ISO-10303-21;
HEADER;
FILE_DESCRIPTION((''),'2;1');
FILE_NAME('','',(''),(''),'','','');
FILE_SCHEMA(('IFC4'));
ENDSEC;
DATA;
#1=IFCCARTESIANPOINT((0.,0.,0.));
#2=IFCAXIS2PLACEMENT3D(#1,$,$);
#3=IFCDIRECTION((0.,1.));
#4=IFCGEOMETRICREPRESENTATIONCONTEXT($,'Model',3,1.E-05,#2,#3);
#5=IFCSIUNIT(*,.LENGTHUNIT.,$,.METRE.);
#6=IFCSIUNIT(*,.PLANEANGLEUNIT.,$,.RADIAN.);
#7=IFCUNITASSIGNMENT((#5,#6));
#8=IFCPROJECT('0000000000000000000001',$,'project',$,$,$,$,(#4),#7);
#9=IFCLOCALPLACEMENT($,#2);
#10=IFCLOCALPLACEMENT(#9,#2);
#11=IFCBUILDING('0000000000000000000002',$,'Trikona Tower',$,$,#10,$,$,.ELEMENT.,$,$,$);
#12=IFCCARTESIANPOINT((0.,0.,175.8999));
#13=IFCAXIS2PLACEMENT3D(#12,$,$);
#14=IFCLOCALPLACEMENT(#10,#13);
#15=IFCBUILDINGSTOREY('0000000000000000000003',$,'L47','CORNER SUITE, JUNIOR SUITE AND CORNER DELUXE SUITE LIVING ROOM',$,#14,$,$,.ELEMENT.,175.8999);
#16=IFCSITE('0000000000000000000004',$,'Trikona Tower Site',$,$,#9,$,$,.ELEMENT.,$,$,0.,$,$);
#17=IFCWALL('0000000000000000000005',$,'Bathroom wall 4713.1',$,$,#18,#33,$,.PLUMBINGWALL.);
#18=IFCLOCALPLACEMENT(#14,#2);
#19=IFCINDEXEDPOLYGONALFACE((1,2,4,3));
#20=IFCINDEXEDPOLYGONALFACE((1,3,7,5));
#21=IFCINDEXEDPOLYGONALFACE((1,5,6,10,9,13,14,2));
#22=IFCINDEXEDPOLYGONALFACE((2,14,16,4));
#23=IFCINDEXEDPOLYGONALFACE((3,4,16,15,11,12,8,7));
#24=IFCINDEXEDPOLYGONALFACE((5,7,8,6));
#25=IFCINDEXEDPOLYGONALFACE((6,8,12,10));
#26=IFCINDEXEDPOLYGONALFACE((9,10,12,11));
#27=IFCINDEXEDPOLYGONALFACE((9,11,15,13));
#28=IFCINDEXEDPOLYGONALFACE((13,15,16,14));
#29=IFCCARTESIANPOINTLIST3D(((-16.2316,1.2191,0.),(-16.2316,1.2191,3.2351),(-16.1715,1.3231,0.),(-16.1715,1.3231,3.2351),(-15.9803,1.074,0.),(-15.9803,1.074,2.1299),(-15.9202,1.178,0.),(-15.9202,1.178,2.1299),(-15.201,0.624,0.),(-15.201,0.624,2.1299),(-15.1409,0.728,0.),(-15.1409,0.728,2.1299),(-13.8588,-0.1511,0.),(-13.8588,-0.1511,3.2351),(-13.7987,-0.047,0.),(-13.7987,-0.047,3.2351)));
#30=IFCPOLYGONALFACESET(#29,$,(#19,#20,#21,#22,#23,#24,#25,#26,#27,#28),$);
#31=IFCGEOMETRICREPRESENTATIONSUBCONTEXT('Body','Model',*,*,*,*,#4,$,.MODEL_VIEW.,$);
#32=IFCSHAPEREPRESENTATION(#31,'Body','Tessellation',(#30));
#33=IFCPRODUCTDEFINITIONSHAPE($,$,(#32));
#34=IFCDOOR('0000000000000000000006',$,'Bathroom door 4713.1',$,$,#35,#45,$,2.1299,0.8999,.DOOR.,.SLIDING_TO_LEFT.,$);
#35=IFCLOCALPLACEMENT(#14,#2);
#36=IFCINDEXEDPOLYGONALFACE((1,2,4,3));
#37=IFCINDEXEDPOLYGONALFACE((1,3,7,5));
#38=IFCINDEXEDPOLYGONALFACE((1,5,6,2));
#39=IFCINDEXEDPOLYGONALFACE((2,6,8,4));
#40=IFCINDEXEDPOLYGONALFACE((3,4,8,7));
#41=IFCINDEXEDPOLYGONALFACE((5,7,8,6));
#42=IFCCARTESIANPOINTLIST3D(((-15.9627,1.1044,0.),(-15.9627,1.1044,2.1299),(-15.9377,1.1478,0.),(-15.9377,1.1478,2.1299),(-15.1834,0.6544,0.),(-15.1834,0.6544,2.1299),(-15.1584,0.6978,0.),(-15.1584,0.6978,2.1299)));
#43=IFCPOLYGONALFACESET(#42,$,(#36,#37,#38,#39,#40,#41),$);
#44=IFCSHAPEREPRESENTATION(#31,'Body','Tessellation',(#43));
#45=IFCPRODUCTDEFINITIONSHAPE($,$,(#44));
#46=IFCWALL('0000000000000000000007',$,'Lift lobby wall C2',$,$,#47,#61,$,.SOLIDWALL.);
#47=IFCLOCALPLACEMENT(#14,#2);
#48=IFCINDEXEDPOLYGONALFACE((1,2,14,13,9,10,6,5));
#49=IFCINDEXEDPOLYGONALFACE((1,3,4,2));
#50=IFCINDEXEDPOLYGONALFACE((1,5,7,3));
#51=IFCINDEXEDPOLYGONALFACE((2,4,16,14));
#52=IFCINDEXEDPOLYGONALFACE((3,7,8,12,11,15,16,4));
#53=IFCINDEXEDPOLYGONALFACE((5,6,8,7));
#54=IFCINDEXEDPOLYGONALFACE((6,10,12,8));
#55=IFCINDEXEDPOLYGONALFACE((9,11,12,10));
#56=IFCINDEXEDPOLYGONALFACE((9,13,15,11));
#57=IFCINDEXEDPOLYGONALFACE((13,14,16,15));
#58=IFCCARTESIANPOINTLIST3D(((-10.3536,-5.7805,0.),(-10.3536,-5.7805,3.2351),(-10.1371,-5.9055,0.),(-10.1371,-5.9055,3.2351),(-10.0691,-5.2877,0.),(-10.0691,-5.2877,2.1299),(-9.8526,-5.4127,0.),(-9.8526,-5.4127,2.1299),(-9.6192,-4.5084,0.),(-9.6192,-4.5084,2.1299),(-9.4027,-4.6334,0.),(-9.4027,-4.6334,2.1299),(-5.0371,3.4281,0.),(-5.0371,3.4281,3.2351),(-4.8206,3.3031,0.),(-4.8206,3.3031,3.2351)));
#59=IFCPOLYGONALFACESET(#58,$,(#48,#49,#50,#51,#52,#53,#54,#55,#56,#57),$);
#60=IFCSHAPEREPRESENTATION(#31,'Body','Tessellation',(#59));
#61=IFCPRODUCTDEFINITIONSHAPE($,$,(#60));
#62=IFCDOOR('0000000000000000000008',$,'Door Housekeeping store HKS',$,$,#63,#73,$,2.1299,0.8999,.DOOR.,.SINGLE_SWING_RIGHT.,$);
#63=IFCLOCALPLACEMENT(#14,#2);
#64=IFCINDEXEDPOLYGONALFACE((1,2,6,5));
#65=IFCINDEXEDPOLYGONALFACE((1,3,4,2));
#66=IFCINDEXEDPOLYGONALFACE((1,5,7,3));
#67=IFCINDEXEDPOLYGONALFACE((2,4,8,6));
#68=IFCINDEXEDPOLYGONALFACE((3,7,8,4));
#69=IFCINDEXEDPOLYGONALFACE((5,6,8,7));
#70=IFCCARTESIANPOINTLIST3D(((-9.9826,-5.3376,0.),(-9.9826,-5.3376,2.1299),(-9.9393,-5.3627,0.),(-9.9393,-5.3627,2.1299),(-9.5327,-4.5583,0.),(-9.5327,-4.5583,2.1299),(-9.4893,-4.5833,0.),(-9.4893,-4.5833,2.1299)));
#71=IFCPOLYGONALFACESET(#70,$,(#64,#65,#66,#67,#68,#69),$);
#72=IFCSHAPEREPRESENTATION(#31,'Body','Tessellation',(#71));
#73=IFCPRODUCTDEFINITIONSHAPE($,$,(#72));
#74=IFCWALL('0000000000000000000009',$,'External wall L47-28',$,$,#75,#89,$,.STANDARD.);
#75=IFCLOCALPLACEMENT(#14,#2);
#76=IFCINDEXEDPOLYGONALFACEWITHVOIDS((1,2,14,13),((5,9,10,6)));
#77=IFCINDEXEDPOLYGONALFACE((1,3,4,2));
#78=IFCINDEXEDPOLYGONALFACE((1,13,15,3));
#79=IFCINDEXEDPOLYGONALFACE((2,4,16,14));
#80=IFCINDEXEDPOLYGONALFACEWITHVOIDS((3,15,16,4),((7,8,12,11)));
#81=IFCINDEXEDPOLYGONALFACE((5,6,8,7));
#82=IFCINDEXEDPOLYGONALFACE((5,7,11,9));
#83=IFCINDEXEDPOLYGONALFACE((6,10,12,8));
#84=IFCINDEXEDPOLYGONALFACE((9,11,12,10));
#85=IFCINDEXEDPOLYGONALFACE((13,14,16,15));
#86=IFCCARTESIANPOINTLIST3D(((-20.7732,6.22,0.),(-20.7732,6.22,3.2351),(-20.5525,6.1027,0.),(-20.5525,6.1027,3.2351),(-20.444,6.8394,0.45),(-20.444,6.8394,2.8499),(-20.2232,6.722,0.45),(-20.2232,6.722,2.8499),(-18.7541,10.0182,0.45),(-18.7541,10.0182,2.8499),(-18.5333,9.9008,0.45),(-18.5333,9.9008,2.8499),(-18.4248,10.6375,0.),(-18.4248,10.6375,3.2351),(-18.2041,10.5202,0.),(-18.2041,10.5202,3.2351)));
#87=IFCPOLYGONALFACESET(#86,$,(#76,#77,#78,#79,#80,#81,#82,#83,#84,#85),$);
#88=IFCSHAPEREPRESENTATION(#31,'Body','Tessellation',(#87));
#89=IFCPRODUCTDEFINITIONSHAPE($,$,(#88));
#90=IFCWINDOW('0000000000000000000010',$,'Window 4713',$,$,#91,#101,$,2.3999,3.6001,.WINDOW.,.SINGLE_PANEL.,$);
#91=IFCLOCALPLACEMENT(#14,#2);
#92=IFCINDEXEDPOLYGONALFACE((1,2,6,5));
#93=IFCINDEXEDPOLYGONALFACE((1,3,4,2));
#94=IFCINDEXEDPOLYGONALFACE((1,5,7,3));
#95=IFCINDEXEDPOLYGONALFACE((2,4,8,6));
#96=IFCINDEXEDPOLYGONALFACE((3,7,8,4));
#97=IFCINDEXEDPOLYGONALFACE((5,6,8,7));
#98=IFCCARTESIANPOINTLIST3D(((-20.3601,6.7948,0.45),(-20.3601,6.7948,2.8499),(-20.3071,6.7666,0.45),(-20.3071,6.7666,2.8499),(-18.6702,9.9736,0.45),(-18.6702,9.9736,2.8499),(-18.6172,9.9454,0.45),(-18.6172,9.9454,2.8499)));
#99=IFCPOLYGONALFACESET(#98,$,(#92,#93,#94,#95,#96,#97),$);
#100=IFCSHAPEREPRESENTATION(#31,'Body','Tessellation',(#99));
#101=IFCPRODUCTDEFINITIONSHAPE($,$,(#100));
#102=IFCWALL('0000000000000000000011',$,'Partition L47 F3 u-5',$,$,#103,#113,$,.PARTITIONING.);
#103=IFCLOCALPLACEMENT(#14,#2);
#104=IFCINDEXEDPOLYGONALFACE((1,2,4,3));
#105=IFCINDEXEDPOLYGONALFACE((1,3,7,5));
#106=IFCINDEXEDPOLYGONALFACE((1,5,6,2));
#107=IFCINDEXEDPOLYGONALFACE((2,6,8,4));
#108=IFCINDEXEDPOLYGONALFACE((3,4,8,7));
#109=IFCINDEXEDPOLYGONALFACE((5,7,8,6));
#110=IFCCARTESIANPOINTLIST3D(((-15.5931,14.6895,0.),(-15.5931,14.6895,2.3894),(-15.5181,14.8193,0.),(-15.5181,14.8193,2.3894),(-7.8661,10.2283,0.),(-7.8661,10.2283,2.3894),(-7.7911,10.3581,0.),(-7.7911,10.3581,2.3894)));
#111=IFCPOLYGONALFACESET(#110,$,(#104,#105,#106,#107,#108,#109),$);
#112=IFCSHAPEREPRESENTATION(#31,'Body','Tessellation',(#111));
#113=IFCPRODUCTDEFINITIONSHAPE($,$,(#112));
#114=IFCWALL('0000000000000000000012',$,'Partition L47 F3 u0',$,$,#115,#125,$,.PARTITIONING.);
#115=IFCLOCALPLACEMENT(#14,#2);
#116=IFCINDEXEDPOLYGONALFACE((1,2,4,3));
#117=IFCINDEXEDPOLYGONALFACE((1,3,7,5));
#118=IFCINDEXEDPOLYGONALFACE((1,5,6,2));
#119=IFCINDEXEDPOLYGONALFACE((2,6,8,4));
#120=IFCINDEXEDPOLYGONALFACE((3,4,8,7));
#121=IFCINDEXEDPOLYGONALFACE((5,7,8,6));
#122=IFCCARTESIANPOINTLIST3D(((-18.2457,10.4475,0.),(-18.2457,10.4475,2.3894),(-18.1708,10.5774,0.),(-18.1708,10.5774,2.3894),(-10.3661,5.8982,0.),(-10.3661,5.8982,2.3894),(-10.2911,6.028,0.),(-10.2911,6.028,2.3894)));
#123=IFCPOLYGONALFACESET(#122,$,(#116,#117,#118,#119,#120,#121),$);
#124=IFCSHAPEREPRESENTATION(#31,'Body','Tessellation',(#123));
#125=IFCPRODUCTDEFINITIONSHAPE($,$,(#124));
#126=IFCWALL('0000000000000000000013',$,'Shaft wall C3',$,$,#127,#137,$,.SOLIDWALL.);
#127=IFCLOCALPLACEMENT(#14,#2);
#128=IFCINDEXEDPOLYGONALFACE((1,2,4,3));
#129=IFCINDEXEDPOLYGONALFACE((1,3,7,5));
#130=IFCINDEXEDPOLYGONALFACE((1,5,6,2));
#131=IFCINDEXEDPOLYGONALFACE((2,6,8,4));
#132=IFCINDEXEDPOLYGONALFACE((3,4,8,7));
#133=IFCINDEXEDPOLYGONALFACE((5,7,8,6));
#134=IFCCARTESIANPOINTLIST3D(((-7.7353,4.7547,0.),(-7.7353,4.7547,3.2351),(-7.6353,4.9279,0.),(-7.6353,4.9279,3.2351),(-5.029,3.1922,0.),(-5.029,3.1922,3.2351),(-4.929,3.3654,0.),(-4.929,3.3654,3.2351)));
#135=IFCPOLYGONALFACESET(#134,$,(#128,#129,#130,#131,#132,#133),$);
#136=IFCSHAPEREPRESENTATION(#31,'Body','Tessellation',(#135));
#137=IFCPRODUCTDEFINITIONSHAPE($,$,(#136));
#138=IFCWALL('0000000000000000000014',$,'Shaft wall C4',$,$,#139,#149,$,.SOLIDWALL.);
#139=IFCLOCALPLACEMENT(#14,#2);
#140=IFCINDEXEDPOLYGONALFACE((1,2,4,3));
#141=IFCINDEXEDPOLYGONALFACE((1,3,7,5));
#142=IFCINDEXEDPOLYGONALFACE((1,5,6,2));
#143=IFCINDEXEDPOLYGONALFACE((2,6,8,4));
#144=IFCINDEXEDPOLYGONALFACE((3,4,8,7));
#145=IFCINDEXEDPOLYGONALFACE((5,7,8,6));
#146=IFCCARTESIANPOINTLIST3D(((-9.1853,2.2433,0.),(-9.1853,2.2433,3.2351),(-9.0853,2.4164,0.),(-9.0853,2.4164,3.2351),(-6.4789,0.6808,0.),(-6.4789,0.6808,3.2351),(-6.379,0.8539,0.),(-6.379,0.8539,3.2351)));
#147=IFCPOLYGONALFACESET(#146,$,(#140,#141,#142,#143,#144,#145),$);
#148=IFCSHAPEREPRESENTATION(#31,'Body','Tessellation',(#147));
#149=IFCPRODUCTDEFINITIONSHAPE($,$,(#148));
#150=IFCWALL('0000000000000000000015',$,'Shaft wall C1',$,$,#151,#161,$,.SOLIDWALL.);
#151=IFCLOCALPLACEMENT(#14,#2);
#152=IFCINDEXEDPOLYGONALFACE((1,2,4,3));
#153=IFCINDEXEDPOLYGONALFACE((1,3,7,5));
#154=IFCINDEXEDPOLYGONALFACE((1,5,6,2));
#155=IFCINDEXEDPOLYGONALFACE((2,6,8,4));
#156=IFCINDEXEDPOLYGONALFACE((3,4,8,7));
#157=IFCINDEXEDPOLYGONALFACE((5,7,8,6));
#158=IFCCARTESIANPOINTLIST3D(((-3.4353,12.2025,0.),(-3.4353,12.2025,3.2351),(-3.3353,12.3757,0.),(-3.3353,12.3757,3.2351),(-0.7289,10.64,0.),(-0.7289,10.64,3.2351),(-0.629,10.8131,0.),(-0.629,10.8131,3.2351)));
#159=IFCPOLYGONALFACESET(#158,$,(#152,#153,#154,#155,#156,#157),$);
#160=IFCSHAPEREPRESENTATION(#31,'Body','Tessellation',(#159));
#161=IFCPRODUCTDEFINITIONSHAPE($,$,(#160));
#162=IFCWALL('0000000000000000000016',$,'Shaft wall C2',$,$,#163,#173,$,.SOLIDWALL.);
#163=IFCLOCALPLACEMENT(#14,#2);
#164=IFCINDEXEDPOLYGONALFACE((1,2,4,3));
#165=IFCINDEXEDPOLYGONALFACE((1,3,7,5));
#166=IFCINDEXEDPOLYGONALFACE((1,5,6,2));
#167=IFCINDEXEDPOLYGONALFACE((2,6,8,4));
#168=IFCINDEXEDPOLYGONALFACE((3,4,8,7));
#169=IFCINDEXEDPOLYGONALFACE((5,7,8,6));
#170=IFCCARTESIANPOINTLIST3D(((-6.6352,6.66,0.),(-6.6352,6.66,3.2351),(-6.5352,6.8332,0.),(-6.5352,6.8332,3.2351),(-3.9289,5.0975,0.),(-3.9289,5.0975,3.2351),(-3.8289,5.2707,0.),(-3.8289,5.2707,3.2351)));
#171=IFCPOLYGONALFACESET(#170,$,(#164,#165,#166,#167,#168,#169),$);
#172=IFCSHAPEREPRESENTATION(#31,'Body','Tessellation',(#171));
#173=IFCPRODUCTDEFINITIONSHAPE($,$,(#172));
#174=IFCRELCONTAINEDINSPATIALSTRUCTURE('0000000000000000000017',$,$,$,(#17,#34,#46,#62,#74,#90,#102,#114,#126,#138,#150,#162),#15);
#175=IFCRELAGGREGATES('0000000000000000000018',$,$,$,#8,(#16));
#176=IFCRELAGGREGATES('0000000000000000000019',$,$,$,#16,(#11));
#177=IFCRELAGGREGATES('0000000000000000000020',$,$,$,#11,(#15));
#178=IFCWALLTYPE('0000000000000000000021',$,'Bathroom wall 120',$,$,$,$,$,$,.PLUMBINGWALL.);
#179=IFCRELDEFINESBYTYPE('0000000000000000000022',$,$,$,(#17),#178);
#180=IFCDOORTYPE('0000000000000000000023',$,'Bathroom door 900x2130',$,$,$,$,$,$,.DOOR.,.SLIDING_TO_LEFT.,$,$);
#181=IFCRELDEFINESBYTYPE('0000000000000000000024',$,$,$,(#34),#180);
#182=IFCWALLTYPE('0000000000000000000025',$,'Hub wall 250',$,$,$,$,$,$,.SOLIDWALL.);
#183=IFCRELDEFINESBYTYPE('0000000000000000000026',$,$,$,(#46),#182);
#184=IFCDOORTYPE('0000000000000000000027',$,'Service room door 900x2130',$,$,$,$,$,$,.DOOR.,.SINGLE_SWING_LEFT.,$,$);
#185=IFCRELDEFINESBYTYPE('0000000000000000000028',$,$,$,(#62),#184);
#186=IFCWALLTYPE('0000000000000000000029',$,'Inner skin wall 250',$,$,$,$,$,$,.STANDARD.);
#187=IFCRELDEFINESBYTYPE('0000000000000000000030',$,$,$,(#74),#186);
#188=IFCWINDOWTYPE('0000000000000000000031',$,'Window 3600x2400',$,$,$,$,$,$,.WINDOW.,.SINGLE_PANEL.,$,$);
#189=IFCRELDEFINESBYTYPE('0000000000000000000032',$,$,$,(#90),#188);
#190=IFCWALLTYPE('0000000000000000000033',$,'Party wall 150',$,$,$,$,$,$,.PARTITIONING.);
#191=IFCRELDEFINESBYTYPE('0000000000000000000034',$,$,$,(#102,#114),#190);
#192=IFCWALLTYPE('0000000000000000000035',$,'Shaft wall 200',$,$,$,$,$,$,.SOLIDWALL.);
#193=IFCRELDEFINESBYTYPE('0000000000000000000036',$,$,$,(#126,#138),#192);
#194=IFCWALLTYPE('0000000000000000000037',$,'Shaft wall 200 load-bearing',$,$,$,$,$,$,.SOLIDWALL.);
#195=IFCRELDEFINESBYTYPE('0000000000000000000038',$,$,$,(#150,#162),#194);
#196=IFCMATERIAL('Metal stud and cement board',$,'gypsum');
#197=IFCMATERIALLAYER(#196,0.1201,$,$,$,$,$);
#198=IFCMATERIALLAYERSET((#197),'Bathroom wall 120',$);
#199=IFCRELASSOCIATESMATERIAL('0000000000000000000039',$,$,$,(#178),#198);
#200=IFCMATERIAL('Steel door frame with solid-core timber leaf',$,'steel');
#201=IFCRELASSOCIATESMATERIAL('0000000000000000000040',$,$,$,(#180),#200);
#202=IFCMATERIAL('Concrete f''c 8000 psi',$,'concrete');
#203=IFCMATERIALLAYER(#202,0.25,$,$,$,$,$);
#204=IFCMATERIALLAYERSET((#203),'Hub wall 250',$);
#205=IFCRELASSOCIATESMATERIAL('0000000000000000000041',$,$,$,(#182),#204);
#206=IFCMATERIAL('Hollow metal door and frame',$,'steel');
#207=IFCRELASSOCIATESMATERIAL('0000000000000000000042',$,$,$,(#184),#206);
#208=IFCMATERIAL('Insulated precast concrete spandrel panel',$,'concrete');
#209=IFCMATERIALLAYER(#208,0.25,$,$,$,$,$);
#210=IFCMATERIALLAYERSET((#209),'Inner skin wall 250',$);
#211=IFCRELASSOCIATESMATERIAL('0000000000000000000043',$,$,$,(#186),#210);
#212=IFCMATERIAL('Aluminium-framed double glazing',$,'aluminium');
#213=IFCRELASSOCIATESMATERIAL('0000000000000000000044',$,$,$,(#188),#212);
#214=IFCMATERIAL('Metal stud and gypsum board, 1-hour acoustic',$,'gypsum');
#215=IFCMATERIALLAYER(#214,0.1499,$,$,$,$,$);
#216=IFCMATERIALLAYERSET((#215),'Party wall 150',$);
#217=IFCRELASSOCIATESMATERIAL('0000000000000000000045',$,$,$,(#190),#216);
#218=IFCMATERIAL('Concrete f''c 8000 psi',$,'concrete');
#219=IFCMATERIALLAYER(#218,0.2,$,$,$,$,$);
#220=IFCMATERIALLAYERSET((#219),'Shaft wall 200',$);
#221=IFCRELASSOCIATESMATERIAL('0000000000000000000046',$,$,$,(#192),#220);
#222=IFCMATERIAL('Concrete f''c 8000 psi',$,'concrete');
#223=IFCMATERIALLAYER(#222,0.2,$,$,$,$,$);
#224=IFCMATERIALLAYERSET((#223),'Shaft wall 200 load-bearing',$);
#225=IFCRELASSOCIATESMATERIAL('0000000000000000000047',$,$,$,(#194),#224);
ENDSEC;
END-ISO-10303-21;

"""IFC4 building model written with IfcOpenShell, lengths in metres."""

from ifc_helpers import new_model, si_unit, direction, frame, frame_2d, origin, place, context, subcontext, project, spatial, rectangle, extrude, material, layer, layer_set, type_object, element, fill, save


model = new_model("IFC4")

# Units and contexts
model_context = context("Model", 3, precision=1e-05, world=origin(), true_north=direction((0.0, 1.0)))
body_context = subcontext(model_context, "Body", "Model", "MODEL_VIEW")
ifc_project = project(units=[si_unit("LENGTHUNIT", "METRE"), si_unit("PLANEANGLEUNIT", "RADIAN")], contexts=[model_context])

# Site, building, storey
site_placement = place(None, origin())
site = spatial("IfcSite", under=ifc_project, at=site_placement, Name="Trikona Tower Site", CompositionType="ELEMENT", RefElevation=0.0)
building_placement = place(site_placement, origin())
building = spatial("IfcBuilding", under=site, at=building_placement, Name="Trikona Tower", CompositionType="ELEMENT")
storey_placement = place(building_placement, frame((0.0, 0.0, 175.8999)))
storey = spatial("IfcBuildingStorey", under=building, at=storey_placement, Name="L47", Description="CORNER SUITE, JUNIOR SUITE AND CORNER DELUXE SUITE LIVING ROOM", CompositionType="ELEMENT", Elevation=175.8999)

# Shared definitions
ifc_material_1 = material(Name="Metal stud and cement board", Category="gypsum")
ifc_layer_1 = layer(ifc_material_1, 0.1201)
ifc_layer_set_1 = layer_set([ifc_layer_1], Name="Bathroom wall 120")
wall_type_1 = type_object("IfcWallType", Name="Bathroom wall 120", PredefinedType="PLUMBINGWALL", material=ifc_layer_set_1)

# Shared definitions
ifc_material_2 = material(Name="Steel door frame with solid-core timber leaf", Category="steel")
door_type_1 = type_object("IfcDoorType", Name="Bathroom door 900x2130", OperationType="SLIDING_TO_LEFT", PredefinedType="DOOR", material=ifc_material_2)

# Walls, openings, doors
wall_1_placement = place(storey_placement, frame((-13.8286, -0.0991, 0.0), z_axis=(0.0, 0.0, 1.0), x_axis=(-0.865997, 0.500049, 0.0)))
wall_1 = element("IfcWall", 1, at=wall_1_placement, inside=storey, type_object=wall_type_1, Name="Bathroom wall 4713.1", PredefinedType="PLUMBINGWALL", context=body_context, shape_type="SweptSolid", body=[
    extrude(rectangle(XDim=2.74, YDim=0.1201, at=frame_2d((1.3701, 0.0))), origin(), (0.0, 0.0, 1.0), 3.2351),
])
opening_1_placement = place(wall_1_placement, frame((1.55, 0.0, 0.0)))
opening_1 = element("IfcOpeningElement", 2, at=opening_1_placement, cuts=wall_1, PredefinedType="OPENING", context=body_context, shape_type="SweptSolid", body=[
    extrude(rectangle(XDim=0.8999, YDim=2.1299, at=frame_2d((0.45, 1.0649))), frame((0.0, 0.0701, 0.0), z_axis=(0.0, -1.0, 0.0), x_axis=(1.0, 0.0, 0.0)), (0.0, 0.0, 1.0), 0.1401),
])
door_1_placement = place(opening_1_placement, origin())
door_1 = element("IfcDoor", 3, at=door_1_placement, inside=storey, type_object=door_type_1, Name="Bathroom door 4713.1", OperationType="SLIDING_TO_LEFT", OverallHeight=2.1299, OverallWidth=0.8999, PredefinedType="DOOR", context=body_context, shape_type="SweptSolid", body=[
    extrude(rectangle(XDim=0.8999, YDim=2.1299, at=frame_2d((0.45, 1.0649))), frame((0.0, 0.0249, 0.0), z_axis=(0.0, -1.0, 0.0), x_axis=(1.0, 0.0, 0.0)), (0.0, 0.0, 1.0), 0.05),
])
fill(opening_1, door_1)
ifc_material_3 = material(Name="Concrete f'c 8000 psi", Category="concrete")
ifc_layer_2 = layer(ifc_material_3, 0.25)
ifc_layer_set_2 = layer_set([ifc_layer_2], Name="Hub wall 250")
wall_type_2 = type_object("IfcWallType", Name="Hub wall 250", PredefinedType="SOLIDWALL", material=ifc_layer_set_2)
wall_2_placement = place(storey_placement, frame((-4.929, 3.3655, 0.0), z_axis=(0.0, 0.0, 1.0), x_axis=(-0.499991, -0.86603, 0.0)))
wall_2 = element("IfcWall", 4, at=wall_2_placement, inside=storey, type_object=wall_type_2, Name="Lift lobby wall C2", PredefinedType="SOLIDWALL", context=body_context, shape_type="SweptSolid", body=[
    extrude(rectangle(XDim=10.6331, YDim=0.25, at=frame_2d((5.3164, 0.0))), origin(), (0.0, 0.0, 1.0), 3.2351),
])
opening_2_placement = place(wall_2_placement, frame((9.1641, 0.0, 0.0)))
opening_2 = element("IfcOpeningElement", 5, at=opening_2_placement, cuts=wall_2, PredefinedType="OPENING", context=body_context, shape_type="SweptSolid", body=[
    extrude(rectangle(XDim=0.8999, YDim=2.1299, at=frame_2d((0.45, 1.0649))), frame((0.0, 0.135, 0.0), z_axis=(0.0, -1.0, 0.0), x_axis=(1.0, 0.0, 0.0)), (0.0, 0.0, 1.0), 0.27),
])
ifc_material_4 = material(Name="Hollow metal door and frame", Category="steel")
door_type_2 = type_object("IfcDoorType", Name="Service room door 900x2130", OperationType="SINGLE_SWING_LEFT", PredefinedType="DOOR", material=ifc_material_4)
door_2_placement = place(opening_2_placement, origin())
door_2 = element("IfcDoor", 6, at=door_2_placement, inside=storey, type_object=door_type_2, Name="Door Housekeeping store HKS", OperationType="SINGLE_SWING_RIGHT", OverallHeight=2.1299, OverallWidth=0.8999, PredefinedType="DOOR", context=body_context, shape_type="SweptSolid", body=[
    extrude(rectangle(XDim=0.8999, YDim=2.1299, at=frame_2d((0.45, 1.0649))), frame((0.0, 0.0249, 0.0), z_axis=(0.0, -1.0, 0.0), x_axis=(1.0, 0.0, 0.0)), (0.0, 0.0, 1.0), 0.05),
])
fill(opening_2, door_2)

# Wall, opening, window
ifc_material_5 = material(Name="Insulated precast concrete spandrel panel", Category="concrete")
ifc_layer_3 = layer(ifc_material_5, 0.25)
ifc_layer_set_3 = layer_set([ifc_layer_3], Name="Inner skin wall 250")
wall_type_3 = type_object("IfcWallType", Name="Inner skin wall 250", PredefinedType="STANDARD", material=ifc_layer_set_3)
wall_3_placement = place(storey_placement, frame((-18.3145, 10.5789, 0.0), z_axis=(0.0, 0.0, 1.0), x_axis=(-0.469405, -0.882983, 0.0)))
wall_3 = element("IfcWall", 7, at=wall_3_placement, inside=storey, type_object=wall_type_3, Name="External wall L47-28", PredefinedType="STANDARD", context=body_context, shape_type="SweptSolid", body=[
    extrude(rectangle(XDim=5.0029, YDim=0.25, at=frame_2d((2.5015, 0.0))), origin(), (0.0, 0.0, 1.0), 3.2351),
])
opening_3_placement = place(wall_3_placement, frame((0.7014, 0.0, 0.45)))
opening_3 = element("IfcOpeningElement", 8, at=opening_3_placement, cuts=wall_3, PredefinedType="OPENING", context=body_context, shape_type="SweptSolid", body=[
    extrude(rectangle(XDim=3.6001, YDim=2.3999, at=frame_2d((1.8, 1.2))), frame((0.0, 0.135, 0.0), z_axis=(0.0, -1.0, 0.0), x_axis=(1.0, 0.0, 0.0)), (0.0, 0.0, 1.0), 0.27),
])
ifc_material_6 = material(Name="Aluminium-framed double glazing", Category="aluminium")
window_type = type_object("IfcWindowType", Name="Window 3600x2400", PartitioningType="SINGLE_PANEL", PredefinedType="WINDOW", material=ifc_material_6)
window_placement = place(opening_3_placement, origin())
window = element("IfcWindow", 9, at=window_placement, inside=storey, type_object=window_type, Name="Window 4713", OverallHeight=2.3999, OverallWidth=3.6001, PartitioningType="SINGLE_PANEL", PredefinedType="WINDOW", context=body_context, shape_type="SweptSolid", body=[
    extrude(rectangle(XDim=3.6001, YDim=2.3999, at=frame_2d((1.8, 1.2))), frame((0.0, 0.03, 0.0), z_axis=(0.0, -1.0, 0.0), x_axis=(1.0, 0.0, 0.0)), (0.0, 0.0, 1.0), 0.0601),
])
fill(opening_3, window)

# Walls
ifc_material_7 = material(Name="Metal stud and gypsum board, 1-hour acoustic", Category="gypsum")
ifc_layer_4 = layer(ifc_material_7, 0.1499)
ifc_layer_set_4 = layer_set([ifc_layer_4], Name="Party wall 150")
wall_type_4 = type_object("IfcWallType", Name="Party wall 150", PredefinedType="PARTITIONING", material=ifc_layer_set_4)
wall_4_placement = place(storey_placement, frame((-7.8286, 10.2932, 0.0), z_axis=(0.0, 0.0, 1.0), x_axis=(-0.866027, 0.499997, 0.0)))
element("IfcWall", 10, at=wall_4_placement, inside=storey, type_object=wall_type_4, Name="Partition L47 F3 u-5", PredefinedType="PARTITIONING", context=body_context, shape_type="SweptSolid", body=[
    extrude(rectangle(XDim=8.9224, YDim=0.1499, at=frame_2d((4.4612, 0.0))), origin(), (0.0, 0.0, 1.0), 2.3894),
])
wall_5_placement = place(storey_placement, frame((-10.3286, 5.9631, 0.0), z_axis=(0.0, 0.0, 1.0), x_axis=(-0.866025, 0.5, 0.0)))
element("IfcWall", 11, at=wall_5_placement, inside=storey, type_object=wall_type_4, Name="Partition L47 F3 u0", PredefinedType="PARTITIONING", context=body_context, shape_type="SweptSolid", body=[
    extrude(rectangle(XDim=9.0986, YDim=0.1499, at=frame_2d((4.5493, 0.0))), origin(), (0.0, 0.0, 1.0), 2.3894),
])
ifc_material_8 = material(Name="Concrete f'c 8000 psi", Category="concrete")
ifc_layer_5 = layer(ifc_material_8, 0.2)
ifc_layer_set_5 = layer_set([ifc_layer_5], Name="Shaft wall 200")
wall_type_5 = type_object("IfcWallType", Name="Shaft wall 200", PredefinedType="SOLIDWALL", material=ifc_layer_set_5)
for number, where, z_axis, x_axis, name in (
    (12, (-4.979, 3.2788, 0.0), (0.0, 0.0, 1.0), (-0.866023, 0.500004, 0.0), "Shaft wall C3"),
    (13, (-6.429, 0.7673, 0.0), (0.0, 0.0, 1.0), (-0.866023, 0.500004, 0.0), "Shaft wall C4"),
):
    element("IfcWall", number, at=place(storey_placement, frame(where, z_axis=z_axis, x_axis=x_axis)), inside=storey, type_object=wall_type_5, Name=name, PredefinedType="SOLIDWALL", context=body_context, shape_type="SweptSolid", body=[
        extrude(rectangle(XDim=3.125, YDim=0.2, at=frame_2d((1.5625, 0.0))), origin(), (0.0, 0.0, 1.0), 3.2351),
    ])
ifc_material_9 = material(Name="Concrete f'c 8000 psi", Category="concrete")
ifc_layer_6 = layer(ifc_material_9, 0.2)
ifc_layer_set_6 = layer_set([ifc_layer_6], Name="Shaft wall 200 load-bearing")
wall_type_6 = type_object("IfcWallType", Name="Shaft wall 200 load-bearing", PredefinedType="SOLIDWALL", material=ifc_layer_set_6)
for number, where, z_axis, x_axis, name in (
    (14, (-0.679, 10.7266, 0.0), (0.0, 0.0, 1.0), (-0.866023, 0.500004, 0.0), "Shaft wall C1"),
    (15, (-3.8789, 5.1841, 0.0), (0.0, 0.0, 1.0), (-0.866023, 0.500004, 0.0), "Shaft wall C2"),
):
    element("IfcWall", number, at=place(storey_placement, frame(where, z_axis=z_axis, x_axis=x_axis)), inside=storey, type_object=wall_type_6, Name=name, PredefinedType="SOLIDWALL", context=body_context, shape_type="SweptSolid", body=[
        extrude(rectangle(XDim=3.125, YDim=0.2, at=frame_2d((1.5625, 0.0))), origin(), (0.0, 0.0, 1.0), 3.2351),
    ])

save(model, "model.ifc")
